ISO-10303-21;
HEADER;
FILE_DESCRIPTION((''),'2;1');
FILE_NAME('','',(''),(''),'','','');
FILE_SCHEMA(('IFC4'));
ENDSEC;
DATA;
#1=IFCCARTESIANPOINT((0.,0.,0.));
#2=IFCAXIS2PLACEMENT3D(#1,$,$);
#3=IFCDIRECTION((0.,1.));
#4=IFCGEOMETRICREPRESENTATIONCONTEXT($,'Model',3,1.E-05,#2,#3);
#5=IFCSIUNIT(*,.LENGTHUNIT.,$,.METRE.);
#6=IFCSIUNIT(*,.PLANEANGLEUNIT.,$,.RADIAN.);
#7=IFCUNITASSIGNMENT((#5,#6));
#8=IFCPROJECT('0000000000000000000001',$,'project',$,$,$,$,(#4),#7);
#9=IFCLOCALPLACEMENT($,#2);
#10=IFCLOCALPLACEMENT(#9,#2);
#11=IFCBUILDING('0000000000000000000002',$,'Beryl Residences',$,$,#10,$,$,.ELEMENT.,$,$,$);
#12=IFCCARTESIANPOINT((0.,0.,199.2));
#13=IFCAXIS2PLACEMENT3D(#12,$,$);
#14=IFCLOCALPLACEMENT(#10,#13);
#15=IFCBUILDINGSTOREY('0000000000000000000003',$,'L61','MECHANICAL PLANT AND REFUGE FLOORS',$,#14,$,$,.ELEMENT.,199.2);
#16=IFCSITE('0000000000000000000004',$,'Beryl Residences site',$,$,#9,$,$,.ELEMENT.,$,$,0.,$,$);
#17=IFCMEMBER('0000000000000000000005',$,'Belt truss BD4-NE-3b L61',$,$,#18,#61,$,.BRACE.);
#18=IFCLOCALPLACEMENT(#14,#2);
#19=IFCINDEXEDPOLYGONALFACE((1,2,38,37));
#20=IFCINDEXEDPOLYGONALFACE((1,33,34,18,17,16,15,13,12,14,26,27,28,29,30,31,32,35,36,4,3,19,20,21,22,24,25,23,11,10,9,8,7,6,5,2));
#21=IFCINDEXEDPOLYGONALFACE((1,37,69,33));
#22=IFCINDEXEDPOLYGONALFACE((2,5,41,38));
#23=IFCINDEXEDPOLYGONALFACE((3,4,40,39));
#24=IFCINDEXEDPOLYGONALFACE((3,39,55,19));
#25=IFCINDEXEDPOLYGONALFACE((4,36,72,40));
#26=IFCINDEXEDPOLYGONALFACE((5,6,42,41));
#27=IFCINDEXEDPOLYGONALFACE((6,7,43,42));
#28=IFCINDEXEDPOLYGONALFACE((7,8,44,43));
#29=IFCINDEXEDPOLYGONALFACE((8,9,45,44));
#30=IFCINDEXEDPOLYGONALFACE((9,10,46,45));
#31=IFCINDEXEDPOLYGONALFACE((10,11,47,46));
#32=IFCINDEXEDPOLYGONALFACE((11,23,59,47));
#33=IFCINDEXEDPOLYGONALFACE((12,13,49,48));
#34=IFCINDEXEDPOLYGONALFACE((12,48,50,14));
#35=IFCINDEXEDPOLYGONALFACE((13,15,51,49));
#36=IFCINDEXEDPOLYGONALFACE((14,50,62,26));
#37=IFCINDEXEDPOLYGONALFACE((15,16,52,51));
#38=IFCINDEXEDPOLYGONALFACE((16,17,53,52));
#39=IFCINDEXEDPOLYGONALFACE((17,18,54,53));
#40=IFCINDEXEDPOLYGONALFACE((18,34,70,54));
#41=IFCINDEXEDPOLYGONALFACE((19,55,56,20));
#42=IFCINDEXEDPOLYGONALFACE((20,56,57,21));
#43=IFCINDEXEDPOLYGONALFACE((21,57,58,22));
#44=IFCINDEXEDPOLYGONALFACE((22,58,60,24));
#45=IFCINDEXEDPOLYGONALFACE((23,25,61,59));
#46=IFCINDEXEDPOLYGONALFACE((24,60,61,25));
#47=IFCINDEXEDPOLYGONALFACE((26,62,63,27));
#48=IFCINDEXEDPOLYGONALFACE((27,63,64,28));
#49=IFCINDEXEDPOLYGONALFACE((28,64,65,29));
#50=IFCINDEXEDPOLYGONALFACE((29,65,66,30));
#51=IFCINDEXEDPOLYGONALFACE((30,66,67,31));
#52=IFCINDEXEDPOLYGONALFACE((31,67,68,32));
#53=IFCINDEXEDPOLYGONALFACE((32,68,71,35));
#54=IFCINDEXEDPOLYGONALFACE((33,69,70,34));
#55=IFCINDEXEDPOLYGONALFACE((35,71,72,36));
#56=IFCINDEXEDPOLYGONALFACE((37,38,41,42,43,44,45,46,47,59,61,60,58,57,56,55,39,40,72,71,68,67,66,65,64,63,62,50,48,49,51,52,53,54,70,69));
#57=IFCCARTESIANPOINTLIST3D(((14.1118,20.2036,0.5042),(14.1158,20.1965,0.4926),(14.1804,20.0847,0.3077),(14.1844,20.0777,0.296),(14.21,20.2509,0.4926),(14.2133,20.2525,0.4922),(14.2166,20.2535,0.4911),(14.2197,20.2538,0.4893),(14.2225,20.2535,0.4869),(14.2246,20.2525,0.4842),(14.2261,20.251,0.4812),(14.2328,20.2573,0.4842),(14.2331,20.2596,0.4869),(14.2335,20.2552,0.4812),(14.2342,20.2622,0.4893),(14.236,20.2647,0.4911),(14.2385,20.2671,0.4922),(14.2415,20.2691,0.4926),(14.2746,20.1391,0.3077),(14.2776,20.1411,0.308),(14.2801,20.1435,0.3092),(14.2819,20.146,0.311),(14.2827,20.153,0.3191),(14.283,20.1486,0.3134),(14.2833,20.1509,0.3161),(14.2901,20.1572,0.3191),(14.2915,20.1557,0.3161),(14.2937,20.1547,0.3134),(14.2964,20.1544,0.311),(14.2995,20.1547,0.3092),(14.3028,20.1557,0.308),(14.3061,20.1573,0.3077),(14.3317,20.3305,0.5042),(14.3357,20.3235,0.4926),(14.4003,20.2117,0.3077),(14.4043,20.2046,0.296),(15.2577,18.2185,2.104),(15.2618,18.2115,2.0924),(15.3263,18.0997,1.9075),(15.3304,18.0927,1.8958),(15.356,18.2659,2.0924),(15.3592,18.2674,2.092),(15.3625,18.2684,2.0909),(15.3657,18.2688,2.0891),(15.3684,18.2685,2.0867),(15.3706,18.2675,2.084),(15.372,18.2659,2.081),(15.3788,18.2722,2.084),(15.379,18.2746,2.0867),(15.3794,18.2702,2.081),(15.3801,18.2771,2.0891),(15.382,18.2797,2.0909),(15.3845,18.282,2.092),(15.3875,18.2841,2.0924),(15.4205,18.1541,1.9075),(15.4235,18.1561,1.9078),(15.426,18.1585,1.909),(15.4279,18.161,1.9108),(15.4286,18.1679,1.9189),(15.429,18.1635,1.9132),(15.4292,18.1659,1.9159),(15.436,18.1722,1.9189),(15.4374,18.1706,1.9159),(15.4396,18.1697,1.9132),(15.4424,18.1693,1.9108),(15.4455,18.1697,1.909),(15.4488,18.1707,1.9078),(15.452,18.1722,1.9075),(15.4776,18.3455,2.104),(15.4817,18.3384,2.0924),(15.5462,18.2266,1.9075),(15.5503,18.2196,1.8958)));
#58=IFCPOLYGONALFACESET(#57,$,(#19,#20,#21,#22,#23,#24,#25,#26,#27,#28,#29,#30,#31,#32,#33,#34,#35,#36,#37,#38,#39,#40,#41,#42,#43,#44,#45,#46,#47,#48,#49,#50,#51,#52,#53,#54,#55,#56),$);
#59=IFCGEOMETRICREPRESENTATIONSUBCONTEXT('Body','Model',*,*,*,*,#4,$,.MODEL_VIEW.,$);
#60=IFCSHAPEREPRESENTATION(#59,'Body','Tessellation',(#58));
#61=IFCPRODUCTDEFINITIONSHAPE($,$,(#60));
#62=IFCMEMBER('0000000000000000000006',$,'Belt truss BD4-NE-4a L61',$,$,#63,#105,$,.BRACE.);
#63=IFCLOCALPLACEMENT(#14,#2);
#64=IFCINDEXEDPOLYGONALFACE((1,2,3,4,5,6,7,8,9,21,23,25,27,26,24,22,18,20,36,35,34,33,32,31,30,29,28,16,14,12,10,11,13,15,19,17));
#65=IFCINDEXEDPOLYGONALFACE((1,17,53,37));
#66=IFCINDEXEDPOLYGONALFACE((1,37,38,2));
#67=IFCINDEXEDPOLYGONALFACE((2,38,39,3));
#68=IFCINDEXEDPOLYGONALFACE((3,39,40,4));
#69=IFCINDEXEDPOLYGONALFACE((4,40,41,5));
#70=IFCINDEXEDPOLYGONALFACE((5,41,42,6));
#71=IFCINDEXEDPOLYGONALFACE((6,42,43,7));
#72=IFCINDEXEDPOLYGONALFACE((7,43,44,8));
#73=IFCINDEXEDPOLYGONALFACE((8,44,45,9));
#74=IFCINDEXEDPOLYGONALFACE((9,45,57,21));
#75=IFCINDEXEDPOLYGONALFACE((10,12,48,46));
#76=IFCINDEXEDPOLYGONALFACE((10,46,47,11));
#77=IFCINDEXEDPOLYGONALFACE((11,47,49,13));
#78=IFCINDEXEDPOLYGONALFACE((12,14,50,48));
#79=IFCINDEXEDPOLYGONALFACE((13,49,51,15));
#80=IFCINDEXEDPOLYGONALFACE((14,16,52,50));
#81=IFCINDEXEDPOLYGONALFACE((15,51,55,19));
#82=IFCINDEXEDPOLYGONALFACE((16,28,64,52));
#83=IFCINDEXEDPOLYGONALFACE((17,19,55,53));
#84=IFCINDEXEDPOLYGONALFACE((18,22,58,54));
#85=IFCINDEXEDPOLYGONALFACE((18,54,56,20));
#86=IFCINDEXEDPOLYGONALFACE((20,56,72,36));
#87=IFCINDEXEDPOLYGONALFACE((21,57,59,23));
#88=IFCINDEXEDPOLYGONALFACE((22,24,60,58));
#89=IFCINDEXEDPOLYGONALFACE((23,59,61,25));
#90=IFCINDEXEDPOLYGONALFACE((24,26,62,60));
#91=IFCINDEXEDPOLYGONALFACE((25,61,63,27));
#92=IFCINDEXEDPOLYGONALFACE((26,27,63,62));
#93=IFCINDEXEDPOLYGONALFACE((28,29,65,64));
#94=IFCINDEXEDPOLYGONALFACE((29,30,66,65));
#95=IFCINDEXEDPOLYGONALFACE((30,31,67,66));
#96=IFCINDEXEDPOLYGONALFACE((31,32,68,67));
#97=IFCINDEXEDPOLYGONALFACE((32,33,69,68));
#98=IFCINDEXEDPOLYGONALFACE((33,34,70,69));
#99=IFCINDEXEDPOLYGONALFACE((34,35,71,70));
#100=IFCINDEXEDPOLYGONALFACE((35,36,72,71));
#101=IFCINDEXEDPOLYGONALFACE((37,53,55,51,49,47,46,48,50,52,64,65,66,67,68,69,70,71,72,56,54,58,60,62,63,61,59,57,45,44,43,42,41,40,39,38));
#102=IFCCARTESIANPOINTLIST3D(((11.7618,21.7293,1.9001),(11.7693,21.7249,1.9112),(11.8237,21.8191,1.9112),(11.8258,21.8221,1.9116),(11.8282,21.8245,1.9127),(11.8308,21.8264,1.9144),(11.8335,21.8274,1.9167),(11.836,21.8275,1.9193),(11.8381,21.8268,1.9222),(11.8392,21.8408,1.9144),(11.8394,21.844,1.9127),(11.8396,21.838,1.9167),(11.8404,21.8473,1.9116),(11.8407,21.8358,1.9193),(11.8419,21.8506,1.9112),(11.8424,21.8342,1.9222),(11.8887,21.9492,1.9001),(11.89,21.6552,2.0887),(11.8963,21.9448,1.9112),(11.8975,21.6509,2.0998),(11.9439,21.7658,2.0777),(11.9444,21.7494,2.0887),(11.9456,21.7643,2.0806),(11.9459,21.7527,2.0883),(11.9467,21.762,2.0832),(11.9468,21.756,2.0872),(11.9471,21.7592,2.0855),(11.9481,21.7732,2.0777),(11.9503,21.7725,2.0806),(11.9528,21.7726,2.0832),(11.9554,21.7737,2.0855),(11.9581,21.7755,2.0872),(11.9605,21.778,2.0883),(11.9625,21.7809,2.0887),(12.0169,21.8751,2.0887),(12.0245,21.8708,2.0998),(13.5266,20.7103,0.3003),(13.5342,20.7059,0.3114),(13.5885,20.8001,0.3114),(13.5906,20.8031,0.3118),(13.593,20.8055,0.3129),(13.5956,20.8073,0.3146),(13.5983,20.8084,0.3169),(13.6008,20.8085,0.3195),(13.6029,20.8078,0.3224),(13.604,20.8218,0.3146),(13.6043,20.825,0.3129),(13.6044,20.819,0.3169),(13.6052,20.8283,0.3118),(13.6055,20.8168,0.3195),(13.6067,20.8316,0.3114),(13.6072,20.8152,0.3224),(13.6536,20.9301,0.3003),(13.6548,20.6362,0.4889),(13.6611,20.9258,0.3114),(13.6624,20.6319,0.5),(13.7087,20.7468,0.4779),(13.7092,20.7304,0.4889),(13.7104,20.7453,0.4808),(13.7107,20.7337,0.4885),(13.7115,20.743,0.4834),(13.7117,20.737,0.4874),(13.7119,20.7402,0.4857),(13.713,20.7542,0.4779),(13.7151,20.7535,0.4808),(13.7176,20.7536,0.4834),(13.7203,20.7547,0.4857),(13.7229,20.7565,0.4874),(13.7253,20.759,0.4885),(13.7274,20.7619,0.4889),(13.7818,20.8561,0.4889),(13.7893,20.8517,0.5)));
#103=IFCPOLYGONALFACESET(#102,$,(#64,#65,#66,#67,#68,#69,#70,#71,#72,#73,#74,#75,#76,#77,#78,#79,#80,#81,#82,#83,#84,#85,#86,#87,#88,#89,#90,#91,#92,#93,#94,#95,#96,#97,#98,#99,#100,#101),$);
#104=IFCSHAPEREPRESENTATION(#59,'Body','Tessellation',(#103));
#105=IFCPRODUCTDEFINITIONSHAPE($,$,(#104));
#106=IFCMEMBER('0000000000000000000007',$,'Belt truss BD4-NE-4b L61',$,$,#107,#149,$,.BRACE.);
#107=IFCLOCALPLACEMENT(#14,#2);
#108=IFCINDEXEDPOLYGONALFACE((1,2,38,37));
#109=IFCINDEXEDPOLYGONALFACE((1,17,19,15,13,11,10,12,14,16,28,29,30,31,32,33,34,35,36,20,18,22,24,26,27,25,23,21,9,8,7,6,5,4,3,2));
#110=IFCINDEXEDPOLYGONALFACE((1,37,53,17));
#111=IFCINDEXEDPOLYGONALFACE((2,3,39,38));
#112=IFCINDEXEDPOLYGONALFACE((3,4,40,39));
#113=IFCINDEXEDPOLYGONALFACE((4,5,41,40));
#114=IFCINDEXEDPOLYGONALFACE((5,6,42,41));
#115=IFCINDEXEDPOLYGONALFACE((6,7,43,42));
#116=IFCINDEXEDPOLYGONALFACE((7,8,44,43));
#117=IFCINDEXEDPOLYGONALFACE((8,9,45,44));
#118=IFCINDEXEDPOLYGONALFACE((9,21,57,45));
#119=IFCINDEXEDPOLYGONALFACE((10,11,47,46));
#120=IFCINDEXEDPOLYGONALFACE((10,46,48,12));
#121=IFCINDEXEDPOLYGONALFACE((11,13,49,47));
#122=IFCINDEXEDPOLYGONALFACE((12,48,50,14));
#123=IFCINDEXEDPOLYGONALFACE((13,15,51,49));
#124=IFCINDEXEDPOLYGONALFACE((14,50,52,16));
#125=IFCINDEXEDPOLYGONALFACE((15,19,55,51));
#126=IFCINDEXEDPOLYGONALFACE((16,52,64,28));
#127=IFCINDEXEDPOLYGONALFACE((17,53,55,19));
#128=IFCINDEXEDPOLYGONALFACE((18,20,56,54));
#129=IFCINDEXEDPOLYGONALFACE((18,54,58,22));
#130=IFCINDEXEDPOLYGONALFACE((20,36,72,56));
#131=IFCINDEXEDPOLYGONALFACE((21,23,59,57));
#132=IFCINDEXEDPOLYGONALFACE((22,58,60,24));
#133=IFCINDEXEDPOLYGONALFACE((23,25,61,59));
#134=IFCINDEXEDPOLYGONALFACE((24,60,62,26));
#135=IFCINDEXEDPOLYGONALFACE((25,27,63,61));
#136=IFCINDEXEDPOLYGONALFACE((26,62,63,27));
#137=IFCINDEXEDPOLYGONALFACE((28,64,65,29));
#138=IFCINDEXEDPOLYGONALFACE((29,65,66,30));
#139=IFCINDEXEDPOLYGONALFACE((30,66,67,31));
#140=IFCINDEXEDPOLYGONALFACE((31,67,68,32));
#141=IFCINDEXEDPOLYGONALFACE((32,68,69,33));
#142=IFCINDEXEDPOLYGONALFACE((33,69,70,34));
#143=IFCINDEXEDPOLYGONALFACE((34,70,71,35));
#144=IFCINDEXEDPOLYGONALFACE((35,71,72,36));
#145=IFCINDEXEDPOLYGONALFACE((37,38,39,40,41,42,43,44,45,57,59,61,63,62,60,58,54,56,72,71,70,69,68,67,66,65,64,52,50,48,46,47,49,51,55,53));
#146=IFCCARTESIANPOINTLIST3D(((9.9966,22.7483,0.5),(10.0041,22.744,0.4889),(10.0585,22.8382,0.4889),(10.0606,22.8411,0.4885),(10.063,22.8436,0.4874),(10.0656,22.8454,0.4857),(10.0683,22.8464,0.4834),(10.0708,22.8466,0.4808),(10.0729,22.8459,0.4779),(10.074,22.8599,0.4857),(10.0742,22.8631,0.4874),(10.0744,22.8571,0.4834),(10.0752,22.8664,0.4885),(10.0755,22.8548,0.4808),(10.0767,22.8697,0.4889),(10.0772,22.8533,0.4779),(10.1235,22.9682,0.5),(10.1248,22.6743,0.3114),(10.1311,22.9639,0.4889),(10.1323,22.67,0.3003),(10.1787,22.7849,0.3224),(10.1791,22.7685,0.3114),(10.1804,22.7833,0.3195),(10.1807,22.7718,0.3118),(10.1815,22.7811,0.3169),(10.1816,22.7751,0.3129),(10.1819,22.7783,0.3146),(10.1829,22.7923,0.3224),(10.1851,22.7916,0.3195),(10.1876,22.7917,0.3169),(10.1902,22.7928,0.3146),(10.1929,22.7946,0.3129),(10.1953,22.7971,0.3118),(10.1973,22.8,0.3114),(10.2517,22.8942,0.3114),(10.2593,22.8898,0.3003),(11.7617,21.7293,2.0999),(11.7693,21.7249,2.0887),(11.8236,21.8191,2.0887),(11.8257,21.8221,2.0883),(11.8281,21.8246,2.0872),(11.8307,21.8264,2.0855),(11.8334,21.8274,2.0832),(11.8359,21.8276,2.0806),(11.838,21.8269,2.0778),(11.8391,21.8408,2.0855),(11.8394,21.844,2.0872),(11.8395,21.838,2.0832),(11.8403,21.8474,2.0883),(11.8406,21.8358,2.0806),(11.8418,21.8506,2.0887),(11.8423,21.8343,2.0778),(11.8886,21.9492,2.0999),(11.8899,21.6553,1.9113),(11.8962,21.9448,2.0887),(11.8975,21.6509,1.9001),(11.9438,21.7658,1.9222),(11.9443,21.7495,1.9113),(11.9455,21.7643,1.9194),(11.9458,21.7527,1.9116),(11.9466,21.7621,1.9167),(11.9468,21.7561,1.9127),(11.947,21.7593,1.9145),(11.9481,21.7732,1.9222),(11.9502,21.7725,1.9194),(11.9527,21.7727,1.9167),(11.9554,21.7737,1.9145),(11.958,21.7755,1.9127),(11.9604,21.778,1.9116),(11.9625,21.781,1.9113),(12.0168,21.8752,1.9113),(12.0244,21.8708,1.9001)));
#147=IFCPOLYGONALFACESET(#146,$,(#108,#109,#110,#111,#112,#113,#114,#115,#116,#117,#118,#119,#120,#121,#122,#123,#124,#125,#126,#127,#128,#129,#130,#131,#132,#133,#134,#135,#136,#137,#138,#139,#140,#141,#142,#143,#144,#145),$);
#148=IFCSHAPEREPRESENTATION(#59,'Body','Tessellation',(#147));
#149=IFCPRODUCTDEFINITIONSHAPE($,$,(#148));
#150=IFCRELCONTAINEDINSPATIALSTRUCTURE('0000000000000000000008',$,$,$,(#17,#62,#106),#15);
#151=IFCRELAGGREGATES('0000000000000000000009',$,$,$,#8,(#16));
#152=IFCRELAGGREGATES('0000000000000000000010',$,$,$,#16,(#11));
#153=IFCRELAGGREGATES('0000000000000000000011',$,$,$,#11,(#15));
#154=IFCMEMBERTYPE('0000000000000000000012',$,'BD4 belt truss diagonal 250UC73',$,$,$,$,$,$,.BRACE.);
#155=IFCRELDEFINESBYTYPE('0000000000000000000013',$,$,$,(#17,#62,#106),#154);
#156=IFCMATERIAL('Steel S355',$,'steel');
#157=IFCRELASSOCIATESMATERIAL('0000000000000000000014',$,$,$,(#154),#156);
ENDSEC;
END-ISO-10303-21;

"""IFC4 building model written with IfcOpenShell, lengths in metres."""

from ifc_helpers import new_model, si_unit, direction, frame, origin, origin_2d, place, context, subcontext, project, spatial, i_section, extrude, material, material_profile, profile_set, type_object, element, save


model = new_model("IFC4")

# Units and contexts
model_context = context("Model", 3, precision=1e-05, world=origin(), true_north=direction((0.0, 1.0)))
body_context = subcontext(model_context, "Body", "Model", "MODEL_VIEW")
ifc_project = project(units=[si_unit("LENGTHUNIT", "METRE"), si_unit("PLANEANGLEUNIT", "RADIAN")], contexts=[model_context])

# Site, building, storey
site_placement = place(None, origin())
site = spatial("IfcSite", under=ifc_project, at=site_placement, Name="Beryl Residences site", CompositionType="ELEMENT", RefElevation=0.0)
building_placement = place(site_placement, origin())
building = spatial("IfcBuilding", under=site, at=building_placement, Name="Beryl Residences", CompositionType="ELEMENT")
storey_placement = place(building_placement, frame((0.0, 0.0, 199.2)))
storey = spatial("IfcBuildingStorey", under=building, at=storey_placement, Name="L61", Description="MECHANICAL PLANT AND REFUGE FLOORS", CompositionType="ELEMENT", Elevation=199.2)

# Members
ifc_material_1 = material(Name="Steel S355", Category="steel")
ifc_material_profile_1 = material_profile(ifc_material_1, i_section(OverallWidth=0.2539, OverallDepth=0.2539, WebThickness=0.0085, FlangeThickness=0.0142, FilletRadius=0.0139, at=origin_2d()))
ifc_profile_set_1 = profile_set([ifc_material_profile_1], Name="Steel S355")
member_type_1 = type_object("IfcMemberType", Name="BD4 belt truss diagonal 250UC73", PredefinedType="BRACE", material=ifc_profile_set_1)
for number, where, z_axis, x_axis, name in (
    (1, (14.2581, 20.2041, 0.4001), (0.409978, -0.710169, 0.572345), (0.866045, 0.499965, 0.0), "Belt truss BD4-NE-3b L61"),
):
    element("IfcMember", number, at=place(storey_placement, frame(where, z_axis=z_axis, x_axis=x_axis)), inside=storey, type_object=member_type_1, Name=name, PredefinedType="BRACE", context=body_context, shape_type="SweptSolid", body=[
        extrude(i_section(OverallWidth=0.2539, OverallDepth=0.2539, WebThickness=0.0085, FlangeThickness=0.0142, FilletRadius=0.0139, at=origin_2d()), origin(), (0.0, 0.0, 1.0), 2.7952),
    ])
member_1_placement = place(storey_placement, frame((13.658, 20.781, 0.4001), z_axis=(-0.681186, 0.393314, 0.617487), x_axis=(-0.50003, -0.866008, 0.0)))
element("IfcMember", 2, at=member_1_placement, inside=storey, type_object=member_type_1, Name="Belt truss BD4-NE-4a L61", PredefinedType="BRACE", context=body_context, shape_type="SweptSolid", body=[
    extrude(i_section(OverallWidth=0.2539, OverallDepth=0.2539, WebThickness=0.0085, FlangeThickness=0.0142, FilletRadius=0.0139, at=origin_2d()), origin(), (0.0, 0.0, 1.0), 2.5908),
])
member_2_placement = place(storey_placement, frame((10.1279, 22.8191, 0.4001), z_axis=(0.681236, -0.393289, 0.617447), x_axis=(0.499978, 0.866038, 0.0)))
element("IfcMember", 3, at=member_2_placement, inside=storey, type_object=member_type_1, Name="Belt truss BD4-NE-4b L61", PredefinedType="BRACE", context=body_context, shape_type="SweptSolid", body=[
    extrude(i_section(OverallWidth=0.2539, OverallDepth=0.2539, WebThickness=0.0085, FlangeThickness=0.0142, FilletRadius=0.0139, at=origin_2d()), origin(), (0.0, 0.0, 1.0), 2.5911),
])

save(model, "model.ifc")
